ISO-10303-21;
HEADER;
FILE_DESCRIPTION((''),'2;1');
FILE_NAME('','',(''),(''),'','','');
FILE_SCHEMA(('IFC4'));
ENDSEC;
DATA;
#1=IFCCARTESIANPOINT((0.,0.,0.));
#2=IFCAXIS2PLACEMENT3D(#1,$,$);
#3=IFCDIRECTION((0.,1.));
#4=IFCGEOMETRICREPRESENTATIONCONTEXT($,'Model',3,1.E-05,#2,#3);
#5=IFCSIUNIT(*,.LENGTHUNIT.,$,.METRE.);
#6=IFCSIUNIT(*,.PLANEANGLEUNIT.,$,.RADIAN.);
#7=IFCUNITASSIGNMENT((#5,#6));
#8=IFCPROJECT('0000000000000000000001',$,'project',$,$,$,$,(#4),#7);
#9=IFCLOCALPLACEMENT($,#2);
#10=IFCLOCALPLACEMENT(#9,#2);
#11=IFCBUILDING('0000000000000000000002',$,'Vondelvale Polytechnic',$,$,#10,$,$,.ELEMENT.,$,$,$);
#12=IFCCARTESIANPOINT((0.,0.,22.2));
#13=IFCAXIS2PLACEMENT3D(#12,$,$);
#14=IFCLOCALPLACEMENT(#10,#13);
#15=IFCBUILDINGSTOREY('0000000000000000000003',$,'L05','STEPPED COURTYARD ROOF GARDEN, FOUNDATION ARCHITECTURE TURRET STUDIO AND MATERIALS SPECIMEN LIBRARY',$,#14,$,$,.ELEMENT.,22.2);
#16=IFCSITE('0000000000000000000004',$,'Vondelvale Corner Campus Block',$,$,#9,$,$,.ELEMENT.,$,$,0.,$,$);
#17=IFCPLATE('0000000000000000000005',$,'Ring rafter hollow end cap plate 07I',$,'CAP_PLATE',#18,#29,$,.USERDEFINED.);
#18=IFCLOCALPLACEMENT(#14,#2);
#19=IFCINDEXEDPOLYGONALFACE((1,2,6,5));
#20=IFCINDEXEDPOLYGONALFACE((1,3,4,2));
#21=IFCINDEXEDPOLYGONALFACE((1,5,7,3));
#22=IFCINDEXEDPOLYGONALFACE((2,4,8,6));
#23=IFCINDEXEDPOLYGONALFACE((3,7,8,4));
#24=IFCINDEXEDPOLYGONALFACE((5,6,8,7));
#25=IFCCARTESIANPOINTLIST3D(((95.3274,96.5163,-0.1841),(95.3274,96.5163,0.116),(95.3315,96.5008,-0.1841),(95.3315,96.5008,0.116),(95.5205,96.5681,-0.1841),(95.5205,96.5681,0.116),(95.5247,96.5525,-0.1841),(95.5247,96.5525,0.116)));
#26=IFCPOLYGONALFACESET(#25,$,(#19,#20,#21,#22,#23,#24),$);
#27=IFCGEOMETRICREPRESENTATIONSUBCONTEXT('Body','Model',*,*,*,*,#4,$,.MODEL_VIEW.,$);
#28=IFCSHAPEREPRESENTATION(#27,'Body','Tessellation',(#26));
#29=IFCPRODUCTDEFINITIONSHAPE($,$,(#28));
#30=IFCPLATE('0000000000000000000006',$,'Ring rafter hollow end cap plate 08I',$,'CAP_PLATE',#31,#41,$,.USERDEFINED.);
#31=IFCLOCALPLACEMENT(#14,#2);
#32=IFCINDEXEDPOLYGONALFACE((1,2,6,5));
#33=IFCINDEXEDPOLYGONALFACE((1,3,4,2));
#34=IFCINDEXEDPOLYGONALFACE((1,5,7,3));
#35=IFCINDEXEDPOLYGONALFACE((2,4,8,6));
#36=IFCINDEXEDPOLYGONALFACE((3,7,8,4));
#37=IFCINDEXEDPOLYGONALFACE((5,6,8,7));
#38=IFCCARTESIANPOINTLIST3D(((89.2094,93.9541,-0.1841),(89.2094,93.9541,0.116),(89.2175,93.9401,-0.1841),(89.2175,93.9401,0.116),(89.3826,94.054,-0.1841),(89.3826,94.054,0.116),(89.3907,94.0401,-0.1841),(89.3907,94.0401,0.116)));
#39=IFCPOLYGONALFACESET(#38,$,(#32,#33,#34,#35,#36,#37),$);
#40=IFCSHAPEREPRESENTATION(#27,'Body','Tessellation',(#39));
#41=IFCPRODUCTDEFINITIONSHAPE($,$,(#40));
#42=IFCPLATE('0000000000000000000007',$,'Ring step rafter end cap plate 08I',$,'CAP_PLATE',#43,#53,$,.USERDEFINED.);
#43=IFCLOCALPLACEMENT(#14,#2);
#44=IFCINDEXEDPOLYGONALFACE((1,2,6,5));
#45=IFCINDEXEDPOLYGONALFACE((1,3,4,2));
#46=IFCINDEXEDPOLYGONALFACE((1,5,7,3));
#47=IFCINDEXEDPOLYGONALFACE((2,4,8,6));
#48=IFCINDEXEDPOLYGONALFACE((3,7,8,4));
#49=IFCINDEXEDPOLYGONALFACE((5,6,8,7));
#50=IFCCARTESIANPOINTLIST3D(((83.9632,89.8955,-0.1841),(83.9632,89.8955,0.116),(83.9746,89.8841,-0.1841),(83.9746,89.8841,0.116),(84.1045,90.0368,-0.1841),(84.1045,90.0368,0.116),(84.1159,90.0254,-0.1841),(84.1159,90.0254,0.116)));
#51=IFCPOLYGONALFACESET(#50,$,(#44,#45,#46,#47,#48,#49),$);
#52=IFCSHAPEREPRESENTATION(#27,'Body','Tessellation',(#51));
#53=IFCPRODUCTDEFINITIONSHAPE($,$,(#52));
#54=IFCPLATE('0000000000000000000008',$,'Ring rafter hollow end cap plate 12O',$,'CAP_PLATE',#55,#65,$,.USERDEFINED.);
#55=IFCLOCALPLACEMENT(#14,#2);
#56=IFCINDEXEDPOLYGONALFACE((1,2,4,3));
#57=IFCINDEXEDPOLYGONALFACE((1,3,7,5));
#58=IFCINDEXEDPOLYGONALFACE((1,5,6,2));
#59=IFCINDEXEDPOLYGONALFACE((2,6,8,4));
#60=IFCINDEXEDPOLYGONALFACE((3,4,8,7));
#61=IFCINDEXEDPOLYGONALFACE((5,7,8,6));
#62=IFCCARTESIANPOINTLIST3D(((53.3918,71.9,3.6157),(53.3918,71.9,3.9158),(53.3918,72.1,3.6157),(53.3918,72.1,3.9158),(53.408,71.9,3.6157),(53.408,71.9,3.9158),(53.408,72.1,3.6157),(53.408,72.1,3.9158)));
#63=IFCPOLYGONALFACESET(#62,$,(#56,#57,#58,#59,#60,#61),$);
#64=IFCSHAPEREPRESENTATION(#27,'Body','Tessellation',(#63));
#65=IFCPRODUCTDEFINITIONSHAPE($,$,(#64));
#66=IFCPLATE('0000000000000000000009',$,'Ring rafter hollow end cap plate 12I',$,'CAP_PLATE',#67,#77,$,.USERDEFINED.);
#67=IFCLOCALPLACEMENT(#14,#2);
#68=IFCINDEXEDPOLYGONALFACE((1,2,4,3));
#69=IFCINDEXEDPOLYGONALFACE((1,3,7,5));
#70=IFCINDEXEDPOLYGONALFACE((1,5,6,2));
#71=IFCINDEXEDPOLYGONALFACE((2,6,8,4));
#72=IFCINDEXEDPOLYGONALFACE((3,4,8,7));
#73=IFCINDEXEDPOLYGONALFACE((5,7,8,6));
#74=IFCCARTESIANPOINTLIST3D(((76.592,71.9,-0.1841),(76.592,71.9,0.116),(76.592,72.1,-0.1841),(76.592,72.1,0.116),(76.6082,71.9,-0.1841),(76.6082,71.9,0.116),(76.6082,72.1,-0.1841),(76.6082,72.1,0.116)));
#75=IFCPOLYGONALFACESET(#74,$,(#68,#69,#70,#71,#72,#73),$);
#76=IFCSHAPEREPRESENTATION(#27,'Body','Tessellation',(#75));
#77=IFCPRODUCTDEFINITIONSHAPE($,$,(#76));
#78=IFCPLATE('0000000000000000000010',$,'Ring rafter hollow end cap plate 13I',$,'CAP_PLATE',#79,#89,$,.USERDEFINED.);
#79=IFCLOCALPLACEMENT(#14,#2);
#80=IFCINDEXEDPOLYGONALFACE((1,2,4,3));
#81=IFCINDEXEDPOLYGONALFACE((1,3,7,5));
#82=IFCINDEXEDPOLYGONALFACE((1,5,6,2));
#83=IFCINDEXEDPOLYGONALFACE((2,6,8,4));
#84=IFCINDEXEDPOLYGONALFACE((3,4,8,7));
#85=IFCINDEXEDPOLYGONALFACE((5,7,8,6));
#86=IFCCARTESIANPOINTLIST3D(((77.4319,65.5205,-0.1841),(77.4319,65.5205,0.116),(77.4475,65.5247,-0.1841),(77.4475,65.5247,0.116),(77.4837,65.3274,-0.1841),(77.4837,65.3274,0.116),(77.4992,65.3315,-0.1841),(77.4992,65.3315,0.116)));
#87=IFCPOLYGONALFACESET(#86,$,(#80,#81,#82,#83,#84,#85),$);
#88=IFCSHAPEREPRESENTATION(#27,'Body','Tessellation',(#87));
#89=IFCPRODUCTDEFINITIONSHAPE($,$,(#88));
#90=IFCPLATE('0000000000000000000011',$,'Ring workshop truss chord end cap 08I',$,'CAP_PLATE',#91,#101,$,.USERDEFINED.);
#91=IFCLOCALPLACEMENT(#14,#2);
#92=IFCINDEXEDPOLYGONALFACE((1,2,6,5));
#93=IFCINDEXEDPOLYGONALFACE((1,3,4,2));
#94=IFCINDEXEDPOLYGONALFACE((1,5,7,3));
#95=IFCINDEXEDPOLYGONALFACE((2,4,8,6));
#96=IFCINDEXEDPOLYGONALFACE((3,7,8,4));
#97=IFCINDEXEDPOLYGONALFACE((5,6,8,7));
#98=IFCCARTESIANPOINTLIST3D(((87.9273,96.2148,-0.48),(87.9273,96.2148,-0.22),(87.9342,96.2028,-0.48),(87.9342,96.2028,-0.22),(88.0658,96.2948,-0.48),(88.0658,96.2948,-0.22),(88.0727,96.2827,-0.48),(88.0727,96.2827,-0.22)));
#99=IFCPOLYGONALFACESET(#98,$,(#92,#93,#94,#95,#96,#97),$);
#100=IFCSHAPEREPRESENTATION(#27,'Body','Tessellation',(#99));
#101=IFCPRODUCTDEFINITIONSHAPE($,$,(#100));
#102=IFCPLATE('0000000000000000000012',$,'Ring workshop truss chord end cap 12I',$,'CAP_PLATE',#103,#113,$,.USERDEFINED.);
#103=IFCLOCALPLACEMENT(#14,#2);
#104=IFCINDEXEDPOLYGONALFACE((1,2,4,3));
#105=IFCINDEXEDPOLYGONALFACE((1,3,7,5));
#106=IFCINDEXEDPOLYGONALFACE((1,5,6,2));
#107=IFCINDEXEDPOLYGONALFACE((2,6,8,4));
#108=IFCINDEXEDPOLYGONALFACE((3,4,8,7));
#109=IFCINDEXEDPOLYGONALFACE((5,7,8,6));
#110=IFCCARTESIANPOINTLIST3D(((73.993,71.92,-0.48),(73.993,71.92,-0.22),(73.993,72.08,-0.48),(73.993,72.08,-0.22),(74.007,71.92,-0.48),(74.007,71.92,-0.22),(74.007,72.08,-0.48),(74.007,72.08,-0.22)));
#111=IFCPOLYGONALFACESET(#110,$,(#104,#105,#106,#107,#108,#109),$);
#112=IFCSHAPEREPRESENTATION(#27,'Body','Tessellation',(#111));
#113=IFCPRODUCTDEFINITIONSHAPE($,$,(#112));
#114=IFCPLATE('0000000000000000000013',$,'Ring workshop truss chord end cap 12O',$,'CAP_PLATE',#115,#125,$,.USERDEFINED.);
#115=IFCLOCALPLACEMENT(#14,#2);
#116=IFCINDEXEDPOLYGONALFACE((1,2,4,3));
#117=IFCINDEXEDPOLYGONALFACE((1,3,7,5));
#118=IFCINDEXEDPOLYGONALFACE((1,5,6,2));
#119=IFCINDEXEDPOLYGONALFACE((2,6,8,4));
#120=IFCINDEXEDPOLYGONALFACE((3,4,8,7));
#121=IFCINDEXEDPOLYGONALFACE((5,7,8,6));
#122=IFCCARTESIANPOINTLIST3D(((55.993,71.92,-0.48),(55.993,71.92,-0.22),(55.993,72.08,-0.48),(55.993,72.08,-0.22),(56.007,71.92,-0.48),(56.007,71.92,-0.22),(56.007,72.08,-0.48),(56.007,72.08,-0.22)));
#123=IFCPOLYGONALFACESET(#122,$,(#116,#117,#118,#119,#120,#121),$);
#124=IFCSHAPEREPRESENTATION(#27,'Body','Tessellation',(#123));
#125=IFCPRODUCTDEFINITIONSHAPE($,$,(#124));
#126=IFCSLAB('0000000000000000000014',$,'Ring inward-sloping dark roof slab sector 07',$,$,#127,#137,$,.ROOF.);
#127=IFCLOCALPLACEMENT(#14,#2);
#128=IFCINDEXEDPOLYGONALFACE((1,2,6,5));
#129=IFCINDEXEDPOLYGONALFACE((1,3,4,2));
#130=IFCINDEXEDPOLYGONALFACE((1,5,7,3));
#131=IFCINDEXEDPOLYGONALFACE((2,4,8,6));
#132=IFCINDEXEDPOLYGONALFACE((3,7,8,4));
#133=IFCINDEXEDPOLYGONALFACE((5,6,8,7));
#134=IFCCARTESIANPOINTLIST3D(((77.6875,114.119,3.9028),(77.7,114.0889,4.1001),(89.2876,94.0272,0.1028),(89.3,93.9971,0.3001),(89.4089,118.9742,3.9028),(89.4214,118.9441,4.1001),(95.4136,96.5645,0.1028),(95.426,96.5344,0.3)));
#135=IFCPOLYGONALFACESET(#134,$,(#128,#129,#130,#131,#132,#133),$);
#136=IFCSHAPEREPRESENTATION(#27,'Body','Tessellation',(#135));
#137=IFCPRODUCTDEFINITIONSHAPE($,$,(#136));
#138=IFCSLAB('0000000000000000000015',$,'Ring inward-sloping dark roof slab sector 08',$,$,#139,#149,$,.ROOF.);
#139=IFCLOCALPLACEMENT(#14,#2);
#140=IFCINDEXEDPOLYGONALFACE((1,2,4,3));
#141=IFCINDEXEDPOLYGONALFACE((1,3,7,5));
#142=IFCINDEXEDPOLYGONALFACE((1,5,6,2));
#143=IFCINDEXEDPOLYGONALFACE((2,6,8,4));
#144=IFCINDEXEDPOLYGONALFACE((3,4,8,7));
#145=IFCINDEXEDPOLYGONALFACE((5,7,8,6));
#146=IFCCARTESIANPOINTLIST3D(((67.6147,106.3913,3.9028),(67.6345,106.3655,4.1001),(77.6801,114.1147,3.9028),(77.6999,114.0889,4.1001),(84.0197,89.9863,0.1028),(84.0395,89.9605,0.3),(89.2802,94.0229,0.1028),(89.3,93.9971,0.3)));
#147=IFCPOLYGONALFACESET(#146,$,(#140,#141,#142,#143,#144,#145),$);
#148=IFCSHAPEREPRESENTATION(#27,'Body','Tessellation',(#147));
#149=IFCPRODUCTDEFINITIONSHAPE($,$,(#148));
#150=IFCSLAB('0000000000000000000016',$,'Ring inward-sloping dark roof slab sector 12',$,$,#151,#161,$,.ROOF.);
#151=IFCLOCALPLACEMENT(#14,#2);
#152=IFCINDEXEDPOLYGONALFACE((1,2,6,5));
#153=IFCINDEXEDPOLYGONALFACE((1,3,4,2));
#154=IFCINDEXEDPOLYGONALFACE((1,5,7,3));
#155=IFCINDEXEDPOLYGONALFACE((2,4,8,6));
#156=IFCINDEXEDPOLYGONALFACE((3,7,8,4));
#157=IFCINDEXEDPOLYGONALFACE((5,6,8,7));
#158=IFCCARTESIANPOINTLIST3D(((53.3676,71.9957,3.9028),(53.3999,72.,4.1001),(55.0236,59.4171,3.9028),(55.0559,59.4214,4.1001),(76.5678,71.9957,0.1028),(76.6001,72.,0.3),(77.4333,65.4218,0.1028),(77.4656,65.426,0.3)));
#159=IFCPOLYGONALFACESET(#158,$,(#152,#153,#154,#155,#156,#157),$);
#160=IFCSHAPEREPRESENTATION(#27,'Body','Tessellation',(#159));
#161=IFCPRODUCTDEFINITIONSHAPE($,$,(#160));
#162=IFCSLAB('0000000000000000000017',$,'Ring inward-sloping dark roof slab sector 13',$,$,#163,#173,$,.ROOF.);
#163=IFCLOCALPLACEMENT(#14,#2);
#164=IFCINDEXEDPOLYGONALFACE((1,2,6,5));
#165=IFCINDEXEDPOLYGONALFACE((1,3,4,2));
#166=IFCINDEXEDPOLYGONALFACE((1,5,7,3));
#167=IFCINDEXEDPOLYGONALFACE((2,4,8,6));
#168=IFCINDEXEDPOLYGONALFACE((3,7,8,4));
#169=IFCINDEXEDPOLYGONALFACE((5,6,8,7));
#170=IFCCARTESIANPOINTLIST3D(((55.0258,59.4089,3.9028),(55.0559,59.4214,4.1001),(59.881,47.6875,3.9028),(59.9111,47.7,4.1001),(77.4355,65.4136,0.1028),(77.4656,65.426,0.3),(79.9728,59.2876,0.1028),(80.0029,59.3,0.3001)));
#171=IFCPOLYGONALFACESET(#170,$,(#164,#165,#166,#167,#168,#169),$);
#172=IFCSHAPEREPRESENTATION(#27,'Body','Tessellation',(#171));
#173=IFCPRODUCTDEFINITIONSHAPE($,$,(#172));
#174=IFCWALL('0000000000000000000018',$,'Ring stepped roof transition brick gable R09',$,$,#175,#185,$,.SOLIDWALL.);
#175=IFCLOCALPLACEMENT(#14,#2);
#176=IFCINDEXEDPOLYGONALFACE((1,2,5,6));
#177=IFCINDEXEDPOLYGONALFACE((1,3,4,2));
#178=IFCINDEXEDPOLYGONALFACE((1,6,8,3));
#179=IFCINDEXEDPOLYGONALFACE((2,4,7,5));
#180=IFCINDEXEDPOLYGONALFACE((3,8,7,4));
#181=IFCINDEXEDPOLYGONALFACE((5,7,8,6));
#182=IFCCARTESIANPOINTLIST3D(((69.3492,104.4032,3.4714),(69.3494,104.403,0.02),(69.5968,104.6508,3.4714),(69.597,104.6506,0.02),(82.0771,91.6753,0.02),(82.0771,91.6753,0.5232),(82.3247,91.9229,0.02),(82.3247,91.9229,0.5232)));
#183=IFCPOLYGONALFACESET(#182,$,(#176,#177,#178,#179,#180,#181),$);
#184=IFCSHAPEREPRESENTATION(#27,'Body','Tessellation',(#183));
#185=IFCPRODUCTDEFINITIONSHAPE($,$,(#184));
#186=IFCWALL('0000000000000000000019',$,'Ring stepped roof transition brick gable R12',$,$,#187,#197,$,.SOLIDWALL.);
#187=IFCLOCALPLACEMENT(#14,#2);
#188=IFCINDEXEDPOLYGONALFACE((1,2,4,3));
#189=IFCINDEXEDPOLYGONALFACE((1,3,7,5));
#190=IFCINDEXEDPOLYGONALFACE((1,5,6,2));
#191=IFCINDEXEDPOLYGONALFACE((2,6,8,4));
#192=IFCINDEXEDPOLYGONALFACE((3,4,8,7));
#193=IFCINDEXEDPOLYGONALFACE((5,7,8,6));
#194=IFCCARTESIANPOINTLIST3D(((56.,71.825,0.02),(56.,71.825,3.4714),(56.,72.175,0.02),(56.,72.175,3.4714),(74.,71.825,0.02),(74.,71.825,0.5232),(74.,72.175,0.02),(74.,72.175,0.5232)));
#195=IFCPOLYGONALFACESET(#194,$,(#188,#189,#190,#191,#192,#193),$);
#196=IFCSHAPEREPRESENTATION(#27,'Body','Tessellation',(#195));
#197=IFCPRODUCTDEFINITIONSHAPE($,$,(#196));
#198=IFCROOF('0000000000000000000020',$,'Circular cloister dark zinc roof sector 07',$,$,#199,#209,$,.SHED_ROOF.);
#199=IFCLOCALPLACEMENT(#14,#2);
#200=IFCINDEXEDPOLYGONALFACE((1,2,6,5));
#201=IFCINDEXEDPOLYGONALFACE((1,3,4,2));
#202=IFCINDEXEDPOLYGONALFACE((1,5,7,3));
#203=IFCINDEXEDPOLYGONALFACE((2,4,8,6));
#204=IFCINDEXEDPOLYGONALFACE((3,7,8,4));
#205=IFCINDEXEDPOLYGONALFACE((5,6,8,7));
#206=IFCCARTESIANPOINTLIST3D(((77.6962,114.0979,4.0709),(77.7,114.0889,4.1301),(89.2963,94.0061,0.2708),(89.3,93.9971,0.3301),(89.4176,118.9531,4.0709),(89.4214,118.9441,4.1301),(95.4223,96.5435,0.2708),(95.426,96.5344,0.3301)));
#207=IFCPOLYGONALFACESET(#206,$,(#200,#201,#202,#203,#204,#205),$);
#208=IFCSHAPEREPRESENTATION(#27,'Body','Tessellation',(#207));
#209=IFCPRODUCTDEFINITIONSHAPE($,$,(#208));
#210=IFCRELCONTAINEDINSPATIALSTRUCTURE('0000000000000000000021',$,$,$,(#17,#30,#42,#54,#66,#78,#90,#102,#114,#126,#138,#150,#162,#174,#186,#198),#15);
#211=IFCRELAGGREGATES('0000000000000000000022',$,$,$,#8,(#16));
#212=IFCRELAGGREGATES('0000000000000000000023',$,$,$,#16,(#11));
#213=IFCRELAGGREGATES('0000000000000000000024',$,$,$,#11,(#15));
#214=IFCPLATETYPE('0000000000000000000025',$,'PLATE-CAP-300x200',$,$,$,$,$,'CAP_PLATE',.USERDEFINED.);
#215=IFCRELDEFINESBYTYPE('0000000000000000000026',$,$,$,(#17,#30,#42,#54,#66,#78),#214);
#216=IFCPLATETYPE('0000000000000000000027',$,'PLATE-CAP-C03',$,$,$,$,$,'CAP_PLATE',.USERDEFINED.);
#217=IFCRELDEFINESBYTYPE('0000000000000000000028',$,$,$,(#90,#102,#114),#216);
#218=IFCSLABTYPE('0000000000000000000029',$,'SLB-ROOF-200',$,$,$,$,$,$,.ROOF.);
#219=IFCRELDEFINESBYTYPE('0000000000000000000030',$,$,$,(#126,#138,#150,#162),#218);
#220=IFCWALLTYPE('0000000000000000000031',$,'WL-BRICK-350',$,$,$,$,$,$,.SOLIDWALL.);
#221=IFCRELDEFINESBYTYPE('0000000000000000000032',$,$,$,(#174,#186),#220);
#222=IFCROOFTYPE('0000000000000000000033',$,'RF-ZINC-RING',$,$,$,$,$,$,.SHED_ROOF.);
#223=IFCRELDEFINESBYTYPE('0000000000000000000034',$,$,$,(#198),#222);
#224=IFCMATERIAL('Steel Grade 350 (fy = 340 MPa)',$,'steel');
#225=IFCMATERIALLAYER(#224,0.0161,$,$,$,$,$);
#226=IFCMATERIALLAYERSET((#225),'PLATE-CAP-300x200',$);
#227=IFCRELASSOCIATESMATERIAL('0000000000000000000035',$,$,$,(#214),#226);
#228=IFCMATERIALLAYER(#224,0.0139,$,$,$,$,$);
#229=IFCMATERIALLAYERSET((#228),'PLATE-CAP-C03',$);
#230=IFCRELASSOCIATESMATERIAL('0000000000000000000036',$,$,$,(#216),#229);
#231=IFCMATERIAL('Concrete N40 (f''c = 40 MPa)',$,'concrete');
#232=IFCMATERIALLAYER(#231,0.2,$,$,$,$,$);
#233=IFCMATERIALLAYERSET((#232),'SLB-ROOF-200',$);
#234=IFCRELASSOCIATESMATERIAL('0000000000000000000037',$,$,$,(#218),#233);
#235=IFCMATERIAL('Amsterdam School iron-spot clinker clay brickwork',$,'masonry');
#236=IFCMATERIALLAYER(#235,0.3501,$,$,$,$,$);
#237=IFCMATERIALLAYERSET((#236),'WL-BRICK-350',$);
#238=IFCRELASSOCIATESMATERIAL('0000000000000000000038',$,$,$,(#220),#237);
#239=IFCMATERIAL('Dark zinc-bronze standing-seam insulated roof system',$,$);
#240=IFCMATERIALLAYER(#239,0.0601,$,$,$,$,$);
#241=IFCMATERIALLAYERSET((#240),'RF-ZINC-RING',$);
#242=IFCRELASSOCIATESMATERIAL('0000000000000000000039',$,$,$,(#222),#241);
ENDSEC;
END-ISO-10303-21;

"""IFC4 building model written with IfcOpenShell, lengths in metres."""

from ifc_helpers import new_model, si_unit, direction, frame, origin, origin_2d, place, context, subcontext, project, spatial, polyline, rectangle, outline, extrude, material, layer, layer_set, type_object, element, save


model = new_model("IFC4")

# Units and contexts
model_context = context("Model", 3, precision=1e-05, world=origin(), true_north=direction((0.0, 1.0)))
body_context = subcontext(model_context, "Body", "Model", "MODEL_VIEW")
ifc_project = project(units=[si_unit("LENGTHUNIT", "METRE"), si_unit("PLANEANGLEUNIT", "RADIAN")], contexts=[model_context])

# Site, building, storey
site_placement = place(None, origin())
site = spatial("IfcSite", under=ifc_project, at=site_placement, Name="Vondelvale Corner Campus Block", CompositionType="ELEMENT", RefElevation=0.0)
building_placement = place(site_placement, origin())
building = spatial("IfcBuilding", under=site, at=building_placement, Name="Vondelvale Polytechnic", CompositionType="ELEMENT")
storey_placement = place(building_placement, frame((0.0, 0.0, 22.2)))
storey = spatial("IfcBuildingStorey", under=building, at=storey_placement, Name="L05", Description="STEPPED COURTYARD ROOF GARDEN, FOUNDATION ARCHITECTURE TURRET STUDIO AND MATERIALS SPECIMEN LIBRARY", CompositionType="ELEMENT", Elevation=22.2)

# Plates
ifc_material_1 = material(Name="Steel Grade 350 (fy = 340 MPa)", Category="steel")
ifc_layer_1 = layer(ifc_material_1, 0.0161)
ifc_layer_set_1 = layer_set([ifc_layer_1], Name="PLATE-CAP-300x200")
plate_type_1 = type_object("IfcPlateType", Name="PLATE-CAP-300x200", ElementType="CAP_PLATE", PredefinedType="USERDEFINED", material=ifc_layer_set_1)
for number, where, z_axis, x_axis, name in (
    (1, (95.426, 96.5344, -0.1841), (0.0, 0.0, 1.0), (0.258819, -0.965926, 0.0), "Ring rafter hollow end cap plate 07I"),
    (2, (89.3, 93.9971, -0.1841), (0.0, 0.0, 1.0), (0.5, -0.866025, 0.0), "Ring rafter hollow end cap plate 08I"),
    (3, (84.0396, 89.9604, -0.1841), (0.0, 0.0, 1.0), (0.707107, -0.707107, 0.0), "Ring step rafter end cap plate 08I"),
    (4, (53.3999, 72.0, 3.6157), (0.0, 0.0, 1.0), (1.0, 0.0, 0.0), "Ring rafter hollow end cap plate 12O"),
    (5, (76.6001, 72.0, -0.1841), (0.0, 0.0, 1.0), (1.0, 0.0, 0.0), "Ring rafter hollow end cap plate 12I"),
    (6, (77.4656, 65.426, -0.1841), (0.0, 0.0, 1.0), (0.965926, 0.258819, 0.0), "Ring rafter hollow end cap plate 13I"),
):
    element("IfcPlate", number, at=place(storey_placement, frame(where, z_axis=z_axis, x_axis=x_axis)), inside=storey, type_object=plate_type_1, Name=name, ObjectType="CAP_PLATE", PredefinedType="USERDEFINED", context=body_context, shape_type="SweptSolid", body=[
        extrude(rectangle(XDim=0.0161, YDim=0.2, at=origin_2d()), origin(), (0.0, 0.0, 1.0), 0.3),
    ])
ifc_layer_2 = layer(ifc_material_1, 0.0139)
ifc_layer_set_2 = layer_set([ifc_layer_2], Name="PLATE-CAP-C03")
plate_type_2 = type_object("IfcPlateType", Name="PLATE-CAP-C03", ElementType="CAP_PLATE", PredefinedType="USERDEFINED", material=ifc_layer_set_2)
for number, where, z_axis, x_axis, name in (
    (7, (88.0, 96.2488, -0.48), (0.0, 0.0, 1.0), (0.5, -0.866025, 0.0), "Ring workshop truss chord end cap 08I"),
    (8, (74.0, 72.0, -0.48), (0.0, 0.0, 1.0), (1.0, 0.0, 0.0), "Ring workshop truss chord end cap 12I"),
    (9, (56.0, 72.0, -0.48), (0.0, 0.0, 1.0), (1.0, 0.0, 0.0), "Ring workshop truss chord end cap 12O"),
):
    element("IfcPlate", number, at=place(storey_placement, frame(where, z_axis=z_axis, x_axis=x_axis)), inside=storey, type_object=plate_type_2, Name=name, ObjectType="CAP_PLATE", PredefinedType="USERDEFINED", context=body_context, shape_type="SweptSolid", body=[
        extrude(rectangle(XDim=0.0139, YDim=0.1599, at=origin_2d()), origin(), (0.0, 0.0, 1.0), 0.26),
    ])

# Slabs
ifc_material_2 = material(Name="Concrete N40 (f'c = 40 MPa)", Category="concrete")
ifc_layer_3 = layer(ifc_material_2, 0.2)
ifc_layer_set_3 = layer_set([ifc_layer_3], Name="SLB-ROOF-200")
slab_type = type_object("IfcSlabType", Name="SLB-ROOF-200", PredefinedType="ROOF", material=ifc_layer_set_3)
slab_1_placement = place(storey_placement, frame((95.426, 96.5344, 0.3), z_axis=(0.062376, -0.150591, 0.986626), x_axis=(-0.255415, 0.953224, 0.16164)))
element("IfcSlab", 10, at=slab_1_placement, inside=storey, type_object=slab_type, Name="Ring inward-sloping dark roof slab sector 07", PredefinedType="ROOF", context=body_context, shape_type="SweptSolid", body=[
    extrude(outline(polyline([(0.0, 0.0), (23.5093, 0.0), (21.8751, 12.5815), (-0.854, 6.5754), (0.0, 0.0)])), origin(), (0.0, 0.0, -1.0), 0.2),
])
slab_2_placement = place(storey_placement, frame((89.3, 93.9971, 0.3), z_axis=(0.099227, -0.129315, 0.986626), x_axis=(-0.493428, 0.854635, 0.16164)))
element("IfcSlab", 11, at=slab_2_placement, inside=storey, type_object=slab_type, Name="Ring inward-sloping dark roof slab sector 08", PredefinedType="ROOF", context=body_context, shape_type="SweptSolid", body=[
    extrude(outline(polyline([(0.0, 0.0), (23.5092, 0.0), (21.8751, 12.5815), (-0.8542, 6.5755), (0.0, 0.0)])), origin(), (0.0, 0.0, -1.0), 0.2),
])
slab_3_placement = place(storey_placement, frame((76.6001, 72.0, 0.3), z_axis=(0.161603, 0.021275, 0.986626), x_axis=(-0.98685, 0.0, 0.16164)))
element("IfcSlab", 12, at=slab_3_placement, inside=storey, type_object=slab_type, Name="Ring inward-sloping dark roof slab sector 12", PredefinedType="ROOF", context=body_context, shape_type="SweptSolid", body=[
    extrude(outline(polyline([(0.0, 0.0), (23.5093, 0.0), (21.8751, 12.5815), (-0.8541, 6.5755), (0.0, 0.0)])), origin(), (0.0, 0.0, -1.0), 0.2),
])
slab_4_placement = place(storey_placement, frame((77.4656, 65.426, 0.3), z_axis=(0.150591, 0.062376, 0.986626), x_axis=(-0.953224, -0.255415, 0.16164)))
element("IfcSlab", 13, at=slab_4_placement, inside=storey, type_object=slab_type, Name="Ring inward-sloping dark roof slab sector 13", PredefinedType="ROOF", context=body_context, shape_type="SweptSolid", body=[
    extrude(outline(polyline([(0.0, 0.0), (23.5093, 0.0), (21.8751, 12.5815), (-0.854, 6.5754), (0.0, 0.0)])), origin(), (0.0, 0.0, -1.0), 0.2),
])

# Walls
ifc_material_3 = material(Name="Amsterdam School iron-spot clinker clay brickwork", Category="masonry")
ifc_layer_4 = layer(ifc_material_3, 0.3501)
ifc_layer_set_4 = layer_set([ifc_layer_4], Name="WL-BRICK-350")
wall_type = type_object("IfcWallType", Name="WL-BRICK-350", PredefinedType="SOLIDWALL", material=ifc_layer_set_4)
wall_1_placement = place(storey_placement, frame((82.2009, 91.7991, 0.02), z_axis=(0.0, 0.0, 1.0), x_axis=(-0.707107, 0.707107, 0.0)))
element("IfcWall", 14, at=wall_1_placement, inside=storey, type_object=wall_type, Name="Ring stepped roof transition brick gable R09", PredefinedType="SOLIDWALL", context=body_context, shape_type="SweptSolid", body=[
    extrude(outline(polyline([(0.0, 0.0), (17.9998, 0.0), (18.0, 3.4514), (0.0, 0.5032), (0.0, 0.0)])), frame((0.0, 0.175, 0.0), z_axis=(0.0, -1.0, 0.0), x_axis=(1.0, 0.0, 0.0)), (0.0, 0.0, 1.0), 0.3501),
])
wall_2_placement = place(storey_placement, frame((74.0, 72.0, 0.02), z_axis=(0.0, 0.0, 1.0), x_axis=(-1.0, 0.0, 0.0)))
element("IfcWall", 15, at=wall_2_placement, inside=storey, type_object=wall_type, Name="Ring stepped roof transition brick gable R12", PredefinedType="SOLIDWALL", context=body_context, shape_type="SweptSolid", body=[
    extrude(outline(polyline([(0.0, 0.0), (18.0, 0.0), (18.0, 3.4514), (0.0, 0.5032), (0.0, 0.0)])), frame((0.0, 0.175, 0.0), z_axis=(0.0, -1.0, 0.0), x_axis=(1.0, 0.0, 0.0)), (0.0, 0.0, 1.0), 0.3501),
])

# Roof
ifc_material_4 = material(Name="Dark zinc-bronze standing-seam insulated roof system")
ifc_layer_5 = layer(ifc_material_4, 0.0601)
ifc_layer_set_5 = layer_set([ifc_layer_5], Name="RF-ZINC-RING")
roof_type = type_object("IfcRoofType", Name="RF-ZINC-RING", PredefinedType="SHED_ROOF", material=ifc_layer_set_5)
roof_1_placement = place(storey_placement, frame((95.426, 96.5344, 0.3301), z_axis=(0.062376, -0.150591, 0.986626), x_axis=(-0.255415, 0.953224, 0.16164)))
element("IfcRoof", 16, at=roof_1_placement, inside=storey, type_object=roof_type, Name="Circular cloister dark zinc roof sector 07", PredefinedType="SHED_ROOF", context=body_context, shape_type="SweptSolid", body=[
    extrude(outline(polyline([(0.0, 0.0), (23.5093, 0.0), (21.8751, 12.5815), (-0.854, 6.5754), (0.0, 0.0)])), origin(), (0.0, 0.0, -1.0), 0.0601),
])

save(model, "model.ifc")
